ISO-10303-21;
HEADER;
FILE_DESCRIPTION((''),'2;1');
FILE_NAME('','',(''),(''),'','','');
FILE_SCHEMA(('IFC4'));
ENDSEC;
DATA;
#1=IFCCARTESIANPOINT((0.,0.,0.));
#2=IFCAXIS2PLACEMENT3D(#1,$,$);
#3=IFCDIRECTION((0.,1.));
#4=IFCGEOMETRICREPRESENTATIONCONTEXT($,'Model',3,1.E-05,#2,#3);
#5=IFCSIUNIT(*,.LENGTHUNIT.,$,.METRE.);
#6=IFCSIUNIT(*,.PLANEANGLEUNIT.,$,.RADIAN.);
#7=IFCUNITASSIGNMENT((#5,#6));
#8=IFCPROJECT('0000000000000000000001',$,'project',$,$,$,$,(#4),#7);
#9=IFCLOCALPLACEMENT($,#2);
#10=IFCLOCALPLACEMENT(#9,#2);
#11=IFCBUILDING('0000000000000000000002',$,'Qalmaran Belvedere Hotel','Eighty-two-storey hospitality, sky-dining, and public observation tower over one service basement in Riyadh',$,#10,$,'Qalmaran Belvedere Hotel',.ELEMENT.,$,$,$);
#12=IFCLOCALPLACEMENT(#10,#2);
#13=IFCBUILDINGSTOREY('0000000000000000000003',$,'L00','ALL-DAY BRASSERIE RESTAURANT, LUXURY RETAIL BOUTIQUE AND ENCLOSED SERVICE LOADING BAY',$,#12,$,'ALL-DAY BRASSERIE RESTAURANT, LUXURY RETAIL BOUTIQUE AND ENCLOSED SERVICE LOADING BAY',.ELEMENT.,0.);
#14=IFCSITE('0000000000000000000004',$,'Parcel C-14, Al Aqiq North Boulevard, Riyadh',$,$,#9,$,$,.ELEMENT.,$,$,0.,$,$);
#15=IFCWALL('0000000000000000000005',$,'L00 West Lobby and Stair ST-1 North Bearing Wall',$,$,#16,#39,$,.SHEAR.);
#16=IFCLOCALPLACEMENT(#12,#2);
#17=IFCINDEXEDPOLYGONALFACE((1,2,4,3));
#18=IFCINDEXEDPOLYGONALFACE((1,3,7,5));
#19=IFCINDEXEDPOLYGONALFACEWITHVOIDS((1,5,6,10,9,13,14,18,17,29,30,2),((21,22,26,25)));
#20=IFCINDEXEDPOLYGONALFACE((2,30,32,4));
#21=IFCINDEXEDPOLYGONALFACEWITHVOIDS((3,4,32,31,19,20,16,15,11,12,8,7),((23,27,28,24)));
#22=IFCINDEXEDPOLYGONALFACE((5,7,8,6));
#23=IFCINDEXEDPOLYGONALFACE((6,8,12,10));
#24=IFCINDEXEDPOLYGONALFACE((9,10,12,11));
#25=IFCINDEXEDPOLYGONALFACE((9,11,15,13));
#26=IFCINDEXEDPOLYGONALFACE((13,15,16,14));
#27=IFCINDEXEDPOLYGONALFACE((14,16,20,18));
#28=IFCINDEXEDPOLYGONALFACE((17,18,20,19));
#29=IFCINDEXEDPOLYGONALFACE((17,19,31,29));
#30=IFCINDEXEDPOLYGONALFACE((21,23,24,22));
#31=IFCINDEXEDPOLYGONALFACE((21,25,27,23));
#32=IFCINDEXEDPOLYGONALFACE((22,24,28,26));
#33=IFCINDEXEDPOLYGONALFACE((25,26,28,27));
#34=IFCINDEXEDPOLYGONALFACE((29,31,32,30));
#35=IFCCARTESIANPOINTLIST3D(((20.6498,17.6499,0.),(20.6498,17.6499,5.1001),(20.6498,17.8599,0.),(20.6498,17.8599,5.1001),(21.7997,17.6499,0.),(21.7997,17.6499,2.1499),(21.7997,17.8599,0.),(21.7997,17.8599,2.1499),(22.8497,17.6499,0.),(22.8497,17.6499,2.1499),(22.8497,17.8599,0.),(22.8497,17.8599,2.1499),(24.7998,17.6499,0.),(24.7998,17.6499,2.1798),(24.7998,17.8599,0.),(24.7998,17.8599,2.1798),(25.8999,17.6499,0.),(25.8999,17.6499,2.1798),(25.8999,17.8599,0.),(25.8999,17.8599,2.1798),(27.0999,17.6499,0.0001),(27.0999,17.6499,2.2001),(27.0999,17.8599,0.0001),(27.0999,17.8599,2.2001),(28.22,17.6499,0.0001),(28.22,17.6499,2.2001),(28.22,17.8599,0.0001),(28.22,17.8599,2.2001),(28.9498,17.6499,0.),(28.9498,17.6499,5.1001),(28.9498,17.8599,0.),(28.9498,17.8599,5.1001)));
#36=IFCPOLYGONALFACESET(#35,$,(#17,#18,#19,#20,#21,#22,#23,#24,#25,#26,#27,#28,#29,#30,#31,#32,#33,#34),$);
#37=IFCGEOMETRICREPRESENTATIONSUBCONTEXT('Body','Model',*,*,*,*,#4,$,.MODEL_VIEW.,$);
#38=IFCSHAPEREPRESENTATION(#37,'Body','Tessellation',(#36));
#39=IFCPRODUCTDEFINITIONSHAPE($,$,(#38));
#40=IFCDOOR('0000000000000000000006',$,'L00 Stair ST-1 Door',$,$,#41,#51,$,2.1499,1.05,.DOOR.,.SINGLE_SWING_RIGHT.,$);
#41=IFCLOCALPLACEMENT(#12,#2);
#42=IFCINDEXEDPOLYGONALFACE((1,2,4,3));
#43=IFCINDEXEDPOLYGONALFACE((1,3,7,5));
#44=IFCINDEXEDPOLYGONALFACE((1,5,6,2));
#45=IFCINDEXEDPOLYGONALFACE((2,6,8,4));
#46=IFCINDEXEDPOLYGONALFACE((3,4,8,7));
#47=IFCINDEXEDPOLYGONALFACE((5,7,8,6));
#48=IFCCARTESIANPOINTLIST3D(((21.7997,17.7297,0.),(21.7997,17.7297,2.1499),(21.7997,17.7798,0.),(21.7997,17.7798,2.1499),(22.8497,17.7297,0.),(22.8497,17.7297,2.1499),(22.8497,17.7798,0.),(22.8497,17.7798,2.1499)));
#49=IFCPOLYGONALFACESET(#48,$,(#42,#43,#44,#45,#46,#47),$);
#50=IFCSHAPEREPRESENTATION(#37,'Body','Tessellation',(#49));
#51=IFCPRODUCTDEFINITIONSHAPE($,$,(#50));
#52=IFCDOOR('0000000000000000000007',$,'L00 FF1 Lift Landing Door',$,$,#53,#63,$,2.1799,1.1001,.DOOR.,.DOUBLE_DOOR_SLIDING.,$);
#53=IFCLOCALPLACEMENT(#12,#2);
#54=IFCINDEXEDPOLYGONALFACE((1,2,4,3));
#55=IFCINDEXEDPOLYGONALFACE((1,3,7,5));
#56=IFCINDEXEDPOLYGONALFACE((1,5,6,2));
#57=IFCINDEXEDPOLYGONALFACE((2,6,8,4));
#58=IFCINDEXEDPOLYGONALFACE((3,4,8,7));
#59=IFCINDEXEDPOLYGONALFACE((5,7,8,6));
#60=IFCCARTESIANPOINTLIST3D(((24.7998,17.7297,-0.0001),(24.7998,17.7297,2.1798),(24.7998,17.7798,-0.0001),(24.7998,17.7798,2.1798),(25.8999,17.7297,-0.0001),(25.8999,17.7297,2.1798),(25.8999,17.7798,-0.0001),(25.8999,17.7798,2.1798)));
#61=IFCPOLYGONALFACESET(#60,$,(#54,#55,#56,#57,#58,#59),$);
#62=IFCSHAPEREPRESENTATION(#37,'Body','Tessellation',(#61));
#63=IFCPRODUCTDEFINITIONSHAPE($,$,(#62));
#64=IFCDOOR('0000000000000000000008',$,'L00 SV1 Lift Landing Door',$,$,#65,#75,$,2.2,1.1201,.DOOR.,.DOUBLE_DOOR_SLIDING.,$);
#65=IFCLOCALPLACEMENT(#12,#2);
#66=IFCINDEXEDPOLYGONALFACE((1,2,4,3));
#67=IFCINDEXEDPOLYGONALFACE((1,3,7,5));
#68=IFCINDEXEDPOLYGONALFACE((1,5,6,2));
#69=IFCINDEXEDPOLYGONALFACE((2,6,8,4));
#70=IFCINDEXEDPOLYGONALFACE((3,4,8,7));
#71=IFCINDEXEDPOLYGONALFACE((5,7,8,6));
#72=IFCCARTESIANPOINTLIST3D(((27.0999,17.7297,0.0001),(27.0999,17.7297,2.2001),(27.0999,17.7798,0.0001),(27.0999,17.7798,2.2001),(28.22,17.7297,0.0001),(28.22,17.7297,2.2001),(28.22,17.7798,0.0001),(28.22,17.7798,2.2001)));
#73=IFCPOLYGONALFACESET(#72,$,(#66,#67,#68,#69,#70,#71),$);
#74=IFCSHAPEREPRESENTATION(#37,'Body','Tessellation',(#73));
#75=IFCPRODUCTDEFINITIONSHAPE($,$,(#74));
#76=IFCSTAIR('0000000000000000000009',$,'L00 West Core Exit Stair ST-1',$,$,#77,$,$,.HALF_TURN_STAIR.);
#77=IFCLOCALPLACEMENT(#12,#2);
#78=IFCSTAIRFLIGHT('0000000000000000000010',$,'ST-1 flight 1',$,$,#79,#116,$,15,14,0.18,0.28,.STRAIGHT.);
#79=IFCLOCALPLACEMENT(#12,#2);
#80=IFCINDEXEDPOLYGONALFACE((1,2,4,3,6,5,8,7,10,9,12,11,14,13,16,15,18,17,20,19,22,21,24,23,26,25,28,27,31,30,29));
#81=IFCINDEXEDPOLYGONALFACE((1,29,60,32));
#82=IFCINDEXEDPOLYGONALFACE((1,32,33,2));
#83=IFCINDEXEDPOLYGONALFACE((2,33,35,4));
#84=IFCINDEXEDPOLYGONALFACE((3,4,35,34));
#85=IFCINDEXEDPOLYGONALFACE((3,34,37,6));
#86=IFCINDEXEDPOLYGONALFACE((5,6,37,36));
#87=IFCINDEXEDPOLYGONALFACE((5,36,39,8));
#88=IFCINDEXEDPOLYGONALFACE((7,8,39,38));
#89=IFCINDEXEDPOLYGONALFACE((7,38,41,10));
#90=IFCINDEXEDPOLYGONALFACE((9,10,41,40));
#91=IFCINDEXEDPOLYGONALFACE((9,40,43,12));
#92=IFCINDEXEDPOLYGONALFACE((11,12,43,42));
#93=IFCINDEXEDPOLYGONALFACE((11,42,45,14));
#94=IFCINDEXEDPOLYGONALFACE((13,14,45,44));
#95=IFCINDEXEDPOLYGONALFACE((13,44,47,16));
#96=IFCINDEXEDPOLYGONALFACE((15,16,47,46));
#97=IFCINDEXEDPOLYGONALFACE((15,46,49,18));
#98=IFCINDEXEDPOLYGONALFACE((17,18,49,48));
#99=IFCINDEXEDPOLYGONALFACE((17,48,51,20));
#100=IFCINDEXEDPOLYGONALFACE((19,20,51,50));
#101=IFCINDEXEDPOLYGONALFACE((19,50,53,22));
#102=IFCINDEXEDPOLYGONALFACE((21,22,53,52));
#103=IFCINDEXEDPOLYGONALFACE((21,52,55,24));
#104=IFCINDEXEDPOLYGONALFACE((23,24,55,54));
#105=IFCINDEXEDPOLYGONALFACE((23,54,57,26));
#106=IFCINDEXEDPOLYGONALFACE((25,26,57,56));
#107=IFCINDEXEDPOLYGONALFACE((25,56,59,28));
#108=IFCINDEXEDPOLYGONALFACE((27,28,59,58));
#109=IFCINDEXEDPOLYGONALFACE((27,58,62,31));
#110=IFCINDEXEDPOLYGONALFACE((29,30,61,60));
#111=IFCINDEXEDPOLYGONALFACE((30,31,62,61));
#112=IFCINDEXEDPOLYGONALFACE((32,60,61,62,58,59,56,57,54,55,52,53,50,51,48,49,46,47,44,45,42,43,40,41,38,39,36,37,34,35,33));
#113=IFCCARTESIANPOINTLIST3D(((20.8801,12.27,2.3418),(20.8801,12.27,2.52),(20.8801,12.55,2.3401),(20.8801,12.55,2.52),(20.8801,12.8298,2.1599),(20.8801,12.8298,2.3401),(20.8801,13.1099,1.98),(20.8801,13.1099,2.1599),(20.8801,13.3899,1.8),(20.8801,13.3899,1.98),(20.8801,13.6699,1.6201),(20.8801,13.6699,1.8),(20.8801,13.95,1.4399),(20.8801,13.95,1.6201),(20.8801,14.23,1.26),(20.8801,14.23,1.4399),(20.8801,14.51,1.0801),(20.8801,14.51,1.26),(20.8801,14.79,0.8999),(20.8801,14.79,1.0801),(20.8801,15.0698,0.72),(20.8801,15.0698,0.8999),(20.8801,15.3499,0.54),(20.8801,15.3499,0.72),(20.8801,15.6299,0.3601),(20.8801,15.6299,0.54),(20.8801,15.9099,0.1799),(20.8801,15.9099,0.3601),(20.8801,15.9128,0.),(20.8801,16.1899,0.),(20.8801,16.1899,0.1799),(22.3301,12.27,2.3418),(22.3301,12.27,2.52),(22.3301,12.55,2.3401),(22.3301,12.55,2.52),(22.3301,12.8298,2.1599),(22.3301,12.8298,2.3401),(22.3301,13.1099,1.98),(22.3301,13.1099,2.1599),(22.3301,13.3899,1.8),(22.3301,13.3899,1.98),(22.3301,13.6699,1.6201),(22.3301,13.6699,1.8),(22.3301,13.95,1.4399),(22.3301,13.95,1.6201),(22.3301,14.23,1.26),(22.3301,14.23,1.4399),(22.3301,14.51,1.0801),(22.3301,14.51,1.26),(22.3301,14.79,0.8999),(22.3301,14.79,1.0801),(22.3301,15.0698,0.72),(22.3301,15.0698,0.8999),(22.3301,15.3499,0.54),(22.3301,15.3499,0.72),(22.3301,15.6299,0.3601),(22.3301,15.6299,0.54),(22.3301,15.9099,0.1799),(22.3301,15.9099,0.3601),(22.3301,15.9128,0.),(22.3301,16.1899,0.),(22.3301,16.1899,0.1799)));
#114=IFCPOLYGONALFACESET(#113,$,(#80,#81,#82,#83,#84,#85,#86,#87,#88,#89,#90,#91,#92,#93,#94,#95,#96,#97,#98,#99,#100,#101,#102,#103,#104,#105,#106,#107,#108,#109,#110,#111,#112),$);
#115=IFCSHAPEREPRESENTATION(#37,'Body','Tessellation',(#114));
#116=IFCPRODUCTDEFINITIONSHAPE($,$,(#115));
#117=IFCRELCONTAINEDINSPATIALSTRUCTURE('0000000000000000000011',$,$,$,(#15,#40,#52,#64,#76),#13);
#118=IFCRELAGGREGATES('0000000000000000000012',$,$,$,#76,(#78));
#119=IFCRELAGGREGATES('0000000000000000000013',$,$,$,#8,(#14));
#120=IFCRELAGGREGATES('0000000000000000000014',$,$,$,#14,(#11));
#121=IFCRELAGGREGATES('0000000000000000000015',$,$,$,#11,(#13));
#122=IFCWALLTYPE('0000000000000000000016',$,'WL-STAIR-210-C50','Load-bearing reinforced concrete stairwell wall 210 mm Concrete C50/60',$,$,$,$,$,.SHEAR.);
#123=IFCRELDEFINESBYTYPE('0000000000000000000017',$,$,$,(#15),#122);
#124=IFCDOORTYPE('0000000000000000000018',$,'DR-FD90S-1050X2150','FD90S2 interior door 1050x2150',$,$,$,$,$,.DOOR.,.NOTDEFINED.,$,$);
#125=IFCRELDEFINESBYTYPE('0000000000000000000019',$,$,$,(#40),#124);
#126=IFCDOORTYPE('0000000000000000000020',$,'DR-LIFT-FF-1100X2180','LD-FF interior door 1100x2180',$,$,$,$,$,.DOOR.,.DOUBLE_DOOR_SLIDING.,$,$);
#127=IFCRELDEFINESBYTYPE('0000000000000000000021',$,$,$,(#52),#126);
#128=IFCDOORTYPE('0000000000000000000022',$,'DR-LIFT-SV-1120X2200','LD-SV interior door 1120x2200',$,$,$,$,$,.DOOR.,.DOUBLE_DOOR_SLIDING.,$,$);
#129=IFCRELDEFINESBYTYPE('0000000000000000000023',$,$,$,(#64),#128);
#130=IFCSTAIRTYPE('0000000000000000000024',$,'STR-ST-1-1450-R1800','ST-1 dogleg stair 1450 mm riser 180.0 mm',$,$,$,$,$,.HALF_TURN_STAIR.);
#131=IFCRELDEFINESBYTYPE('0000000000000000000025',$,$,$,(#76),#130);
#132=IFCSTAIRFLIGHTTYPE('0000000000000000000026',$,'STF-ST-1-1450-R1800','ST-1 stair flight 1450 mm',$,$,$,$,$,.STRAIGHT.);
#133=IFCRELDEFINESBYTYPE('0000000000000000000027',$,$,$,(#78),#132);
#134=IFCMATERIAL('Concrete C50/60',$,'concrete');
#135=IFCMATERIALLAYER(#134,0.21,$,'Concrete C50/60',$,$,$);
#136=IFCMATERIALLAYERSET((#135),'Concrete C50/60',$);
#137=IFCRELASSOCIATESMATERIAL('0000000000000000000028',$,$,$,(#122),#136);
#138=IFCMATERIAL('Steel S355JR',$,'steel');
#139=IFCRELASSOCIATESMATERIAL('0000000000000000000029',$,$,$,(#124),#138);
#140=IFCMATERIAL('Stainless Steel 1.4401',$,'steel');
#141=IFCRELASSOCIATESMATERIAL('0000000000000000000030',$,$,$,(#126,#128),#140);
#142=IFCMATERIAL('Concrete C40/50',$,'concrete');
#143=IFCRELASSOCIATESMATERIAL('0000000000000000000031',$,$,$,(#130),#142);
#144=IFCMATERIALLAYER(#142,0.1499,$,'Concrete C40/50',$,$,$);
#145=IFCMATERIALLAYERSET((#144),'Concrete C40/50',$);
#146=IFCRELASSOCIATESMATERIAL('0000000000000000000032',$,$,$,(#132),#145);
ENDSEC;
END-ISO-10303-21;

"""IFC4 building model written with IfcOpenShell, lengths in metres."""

from ifc_helpers import new_model, si_unit, direction, frame, frame_2d, origin, place, context, subcontext, project, spatial, polyline, rectangle, outline, extrude, material, layer, layer_set, type_object, element, fill, aggregate, save


model = new_model("IFC4")

# Units and contexts
model_context = context("Model", 3, precision=1e-05, world=origin(), true_north=direction((0.0, 1.0)))
body_context = subcontext(model_context, "Body", "Model", "MODEL_VIEW")
ifc_project = project(units=[si_unit("LENGTHUNIT", "METRE"), si_unit("PLANEANGLEUNIT", "RADIAN")], contexts=[model_context])

# Site, building, storey
site_placement = place(None, origin())
site = spatial("IfcSite", under=ifc_project, at=site_placement, Name="Parcel C-14, Al Aqiq North Boulevard, Riyadh", CompositionType="ELEMENT", RefElevation=0.0)
building_placement = place(site_placement, origin())
building = spatial("IfcBuilding", under=site, at=building_placement, Name="Qalmaran Belvedere Hotel", Description="Eighty-two-storey hospitality, sky-dining, and public observation tower over one service basement in Riyadh", LongName="Qalmaran Belvedere Hotel", CompositionType="ELEMENT")
storey_placement = place(building_placement, origin())
storey = spatial("IfcBuildingStorey", under=building, at=storey_placement, Name="L00", Description="ALL-DAY BRASSERIE RESTAURANT, LUXURY RETAIL BOUTIQUE AND ENCLOSED SERVICE LOADING BAY", LongName="ALL-DAY BRASSERIE RESTAURANT, LUXURY RETAIL BOUTIQUE AND ENCLOSED SERVICE LOADING BAY", CompositionType="ELEMENT", Elevation=0.0)

# Shared definitions
ifc_material_1 = material(Name="Steel S355JR", Category="steel")

# Wall, openings, doors
ifc_material_2 = material(Name="Concrete C50/60", Category="concrete")
ifc_layer_1 = layer(ifc_material_2, 0.21, Name="Concrete C50/60")
ifc_layer_set_1 = layer_set([ifc_layer_1], Name="Concrete C50/60")
wall_type_1 = type_object("IfcWallType", Name="WL-STAIR-210-C50", Description="Load-bearing reinforced concrete stairwell wall 210 mm Concrete C50/60", PredefinedType="SHEAR", material=ifc_layer_set_1)
wall_1_placement = place(storey_placement, frame((20.6499, 17.7549, 0.0), z_axis=(0.0, 0.0, 1.0), x_axis=(1.0, 0.0, 0.0)))
wall_1 = element("IfcWall", 1, at=wall_1_placement, inside=storey, type_object=wall_type_1, Name="L00 West Lobby and Stair ST-1 North Bearing Wall", PredefinedType="SHEAR", context=body_context, shape_type="SweptSolid", body=[
    extrude(rectangle(XDim=8.3, YDim=0.21, at=frame_2d((4.1499, 0.0))), origin(), (0.0, 0.0, 1.0), 5.1001),
])
opening_1_placement = place(wall_1_placement, frame((1.1499, 0.0, 0.0)))
opening_1 = element("IfcOpeningElement", 2, at=opening_1_placement, cuts=wall_1, PredefinedType="OPENING", context=body_context, shape_type="SweptSolid", body=[
    extrude(rectangle(XDim=1.05, YDim=2.1499, at=frame_2d((0.5249, 1.075))), frame((0.0, 0.115, 0.0), z_axis=(0.0, -1.0, 0.0), x_axis=(1.0, 0.0, 0.0)), (0.0, 0.0, 1.0), 0.23),
])
opening_2_placement = place(wall_1_placement, frame((4.1499, 0.0, 0.0)))
opening_2 = element("IfcOpeningElement", 3, at=opening_2_placement, cuts=wall_1, PredefinedType="OPENING", context=body_context, shape_type="SweptSolid", body=[
    extrude(rectangle(XDim=1.1001, YDim=2.1799, at=frame_2d((0.55, 1.0898))), frame((0.0, 0.115, 0.0), z_axis=(0.0, -1.0, 0.0), x_axis=(1.0, 0.0, 0.0)), (0.0, 0.0, 1.0), 0.23),
])
opening_3_placement = place(wall_1_placement, frame((6.45, 0.0, 0.0)))
opening_3 = element("IfcOpeningElement", 4, at=opening_3_placement, cuts=wall_1, PredefinedType="OPENING", context=body_context, shape_type="SweptSolid", body=[
    extrude(rectangle(XDim=1.1201, YDim=2.2, at=frame_2d((0.5601, 1.1001))), frame((0.0, 0.115, 0.0), z_axis=(0.0, -1.0, 0.0), x_axis=(1.0, 0.0, 0.0)), (0.0, 0.0, 1.0), 0.23),
])
door_type_1 = type_object("IfcDoorType", Name="DR-FD90S-1050X2150", Description="FD90S2 interior door 1050x2150", OperationType="NOTDEFINED", PredefinedType="DOOR", material=ifc_material_1)
door_1_placement = place(opening_1_placement, origin())
door_1 = element("IfcDoor", 5, at=door_1_placement, inside=storey, type_object=door_type_1, Name="L00 Stair ST-1 Door", OperationType="SINGLE_SWING_RIGHT", OverallHeight=2.1499, OverallWidth=1.05, PredefinedType="DOOR", context=body_context, shape_type="SweptSolid", body=[
    extrude(rectangle(XDim=1.05, YDim=2.1499, at=frame_2d((0.5249, 1.075))), frame((0.0, 0.0249, 0.0), z_axis=(0.0, -1.0, 0.0), x_axis=(1.0, 0.0, 0.0)), (0.0, 0.0, 1.0), 0.05),
])
fill(opening_1, door_1)
ifc_material_3 = material(Name="Stainless Steel 1.4401", Category="steel")
door_type_2 = type_object("IfcDoorType", Name="DR-LIFT-FF-1100X2180", Description="LD-FF interior door 1100x2180", OperationType="DOUBLE_DOOR_SLIDING", PredefinedType="DOOR", material=ifc_material_3)
door_2_placement = place(opening_2_placement, origin())
door_2 = element("IfcDoor", 6, at=door_2_placement, inside=storey, type_object=door_type_2, Name="L00 FF1 Lift Landing Door", OperationType="DOUBLE_DOOR_SLIDING", OverallHeight=2.1799, OverallWidth=1.1001, PredefinedType="DOOR", context=body_context, shape_type="SweptSolid", body=[
    extrude(rectangle(XDim=1.1001, YDim=2.1799, at=frame_2d((0.55, 1.0898))), frame((0.0, 0.0249, 0.0), z_axis=(0.0, -1.0, 0.0), x_axis=(1.0, 0.0, 0.0)), (0.0, 0.0, 1.0), 0.05),
])
fill(opening_2, door_2)
door_type_3 = type_object("IfcDoorType", Name="DR-LIFT-SV-1120X2200", Description="LD-SV interior door 1120x2200", OperationType="DOUBLE_DOOR_SLIDING", PredefinedType="DOOR", material=ifc_material_3)
door_3_placement = place(opening_3_placement, origin())
door_3 = element("IfcDoor", 7, at=door_3_placement, inside=storey, type_object=door_type_3, Name="L00 SV1 Lift Landing Door", OperationType="DOUBLE_DOOR_SLIDING", OverallHeight=2.2, OverallWidth=1.1201, PredefinedType="DOOR", context=body_context, shape_type="SweptSolid", body=[
    extrude(rectangle(XDim=1.1201, YDim=2.2, at=frame_2d((0.5601, 1.1001))), frame((0.0, 0.0249, 0.0), z_axis=(0.0, -1.0, 0.0), x_axis=(1.0, 0.0, 0.0)), (0.0, 0.0, 1.0), 0.05),
])
fill(opening_3, door_3)

# Stair, stair flight
ifc_material_4 = material(Name="Concrete C40/50", Category="concrete")
stair_type = type_object("IfcStairType", Name="STR-ST-1-1450-R1800", Description="ST-1 dogleg stair 1450 mm riser 180.0 mm", PredefinedType="HALF_TURN_STAIR", material=ifc_material_4)
stair_placement = place(storey_placement, origin())
stair = element("IfcStair", 8, at=stair_placement, inside=storey, type_object=stair_type, Name="L00 West Core Exit Stair ST-1", PredefinedType="HALF_TURN_STAIR")
ifc_layer_2 = layer(ifc_material_4, 0.1499, Name="Concrete C40/50")
ifc_layer_set_2 = layer_set([ifc_layer_2], Name="Concrete C40/50")
stair_flight_type = type_object("IfcStairFlightType", Name="STF-ST-1-1450-R1800", Description="ST-1 stair flight 1450 mm", PredefinedType="STRAIGHT", material=ifc_layer_set_2)
stair_flight_placement = place(storey_placement, frame((21.605, 16.1899, 0.0), z_axis=(0.0, 0.0, 1.0), x_axis=(0.0, -1.0, 0.0)))
stair_flight = element("IfcStairFlight", 9, at=stair_flight_placement, type_object=stair_flight_type, Name="ST-1 flight 1", NumberOfRisers=15, NumberOfTreads=14, PredefinedType="STRAIGHT", RiserHeight=0.18, TreadLength=0.28, context=body_context, shape_type="SweptSolid", body=[
    extrude(outline(polyline([(0.0, 0.0), (0.0, 0.1799), (0.28, 0.1799), (0.28, 0.3601), (0.5601, 0.3601), (0.5601, 0.54), (0.8401, 0.54), (0.8401, 0.72), (1.1201, 0.72), (1.1201, 0.8999), (1.3999, 0.8999), (1.3999, 1.0801), (1.6799, 1.0801), (1.6799, 1.26), (1.96, 1.26), (1.96, 1.4399), (2.24, 1.4399), (2.24, 1.6201), (2.52, 1.6201), (2.52, 1.8), (2.8, 1.8), (2.8, 1.98), (3.0801, 1.98), (3.0801, 2.1599), (3.3601, 2.1599), (3.3601, 2.3401), (3.6399, 2.3401), (3.6399, 2.52), (3.9199, 2.52), (3.9199, 2.7), (3.9199, 2.3418), (0.2771, 0.0), (0.0, 0.0)])), frame((0.0, 0.7251, 0.0), z_axis=(0.0, -1.0, 0.0), x_axis=(1.0, 0.0, 0.0)), (0.0, 0.0, 1.0), 1.45),
])
aggregate(stair, [stair_flight])

save(model, "model.ifc")
